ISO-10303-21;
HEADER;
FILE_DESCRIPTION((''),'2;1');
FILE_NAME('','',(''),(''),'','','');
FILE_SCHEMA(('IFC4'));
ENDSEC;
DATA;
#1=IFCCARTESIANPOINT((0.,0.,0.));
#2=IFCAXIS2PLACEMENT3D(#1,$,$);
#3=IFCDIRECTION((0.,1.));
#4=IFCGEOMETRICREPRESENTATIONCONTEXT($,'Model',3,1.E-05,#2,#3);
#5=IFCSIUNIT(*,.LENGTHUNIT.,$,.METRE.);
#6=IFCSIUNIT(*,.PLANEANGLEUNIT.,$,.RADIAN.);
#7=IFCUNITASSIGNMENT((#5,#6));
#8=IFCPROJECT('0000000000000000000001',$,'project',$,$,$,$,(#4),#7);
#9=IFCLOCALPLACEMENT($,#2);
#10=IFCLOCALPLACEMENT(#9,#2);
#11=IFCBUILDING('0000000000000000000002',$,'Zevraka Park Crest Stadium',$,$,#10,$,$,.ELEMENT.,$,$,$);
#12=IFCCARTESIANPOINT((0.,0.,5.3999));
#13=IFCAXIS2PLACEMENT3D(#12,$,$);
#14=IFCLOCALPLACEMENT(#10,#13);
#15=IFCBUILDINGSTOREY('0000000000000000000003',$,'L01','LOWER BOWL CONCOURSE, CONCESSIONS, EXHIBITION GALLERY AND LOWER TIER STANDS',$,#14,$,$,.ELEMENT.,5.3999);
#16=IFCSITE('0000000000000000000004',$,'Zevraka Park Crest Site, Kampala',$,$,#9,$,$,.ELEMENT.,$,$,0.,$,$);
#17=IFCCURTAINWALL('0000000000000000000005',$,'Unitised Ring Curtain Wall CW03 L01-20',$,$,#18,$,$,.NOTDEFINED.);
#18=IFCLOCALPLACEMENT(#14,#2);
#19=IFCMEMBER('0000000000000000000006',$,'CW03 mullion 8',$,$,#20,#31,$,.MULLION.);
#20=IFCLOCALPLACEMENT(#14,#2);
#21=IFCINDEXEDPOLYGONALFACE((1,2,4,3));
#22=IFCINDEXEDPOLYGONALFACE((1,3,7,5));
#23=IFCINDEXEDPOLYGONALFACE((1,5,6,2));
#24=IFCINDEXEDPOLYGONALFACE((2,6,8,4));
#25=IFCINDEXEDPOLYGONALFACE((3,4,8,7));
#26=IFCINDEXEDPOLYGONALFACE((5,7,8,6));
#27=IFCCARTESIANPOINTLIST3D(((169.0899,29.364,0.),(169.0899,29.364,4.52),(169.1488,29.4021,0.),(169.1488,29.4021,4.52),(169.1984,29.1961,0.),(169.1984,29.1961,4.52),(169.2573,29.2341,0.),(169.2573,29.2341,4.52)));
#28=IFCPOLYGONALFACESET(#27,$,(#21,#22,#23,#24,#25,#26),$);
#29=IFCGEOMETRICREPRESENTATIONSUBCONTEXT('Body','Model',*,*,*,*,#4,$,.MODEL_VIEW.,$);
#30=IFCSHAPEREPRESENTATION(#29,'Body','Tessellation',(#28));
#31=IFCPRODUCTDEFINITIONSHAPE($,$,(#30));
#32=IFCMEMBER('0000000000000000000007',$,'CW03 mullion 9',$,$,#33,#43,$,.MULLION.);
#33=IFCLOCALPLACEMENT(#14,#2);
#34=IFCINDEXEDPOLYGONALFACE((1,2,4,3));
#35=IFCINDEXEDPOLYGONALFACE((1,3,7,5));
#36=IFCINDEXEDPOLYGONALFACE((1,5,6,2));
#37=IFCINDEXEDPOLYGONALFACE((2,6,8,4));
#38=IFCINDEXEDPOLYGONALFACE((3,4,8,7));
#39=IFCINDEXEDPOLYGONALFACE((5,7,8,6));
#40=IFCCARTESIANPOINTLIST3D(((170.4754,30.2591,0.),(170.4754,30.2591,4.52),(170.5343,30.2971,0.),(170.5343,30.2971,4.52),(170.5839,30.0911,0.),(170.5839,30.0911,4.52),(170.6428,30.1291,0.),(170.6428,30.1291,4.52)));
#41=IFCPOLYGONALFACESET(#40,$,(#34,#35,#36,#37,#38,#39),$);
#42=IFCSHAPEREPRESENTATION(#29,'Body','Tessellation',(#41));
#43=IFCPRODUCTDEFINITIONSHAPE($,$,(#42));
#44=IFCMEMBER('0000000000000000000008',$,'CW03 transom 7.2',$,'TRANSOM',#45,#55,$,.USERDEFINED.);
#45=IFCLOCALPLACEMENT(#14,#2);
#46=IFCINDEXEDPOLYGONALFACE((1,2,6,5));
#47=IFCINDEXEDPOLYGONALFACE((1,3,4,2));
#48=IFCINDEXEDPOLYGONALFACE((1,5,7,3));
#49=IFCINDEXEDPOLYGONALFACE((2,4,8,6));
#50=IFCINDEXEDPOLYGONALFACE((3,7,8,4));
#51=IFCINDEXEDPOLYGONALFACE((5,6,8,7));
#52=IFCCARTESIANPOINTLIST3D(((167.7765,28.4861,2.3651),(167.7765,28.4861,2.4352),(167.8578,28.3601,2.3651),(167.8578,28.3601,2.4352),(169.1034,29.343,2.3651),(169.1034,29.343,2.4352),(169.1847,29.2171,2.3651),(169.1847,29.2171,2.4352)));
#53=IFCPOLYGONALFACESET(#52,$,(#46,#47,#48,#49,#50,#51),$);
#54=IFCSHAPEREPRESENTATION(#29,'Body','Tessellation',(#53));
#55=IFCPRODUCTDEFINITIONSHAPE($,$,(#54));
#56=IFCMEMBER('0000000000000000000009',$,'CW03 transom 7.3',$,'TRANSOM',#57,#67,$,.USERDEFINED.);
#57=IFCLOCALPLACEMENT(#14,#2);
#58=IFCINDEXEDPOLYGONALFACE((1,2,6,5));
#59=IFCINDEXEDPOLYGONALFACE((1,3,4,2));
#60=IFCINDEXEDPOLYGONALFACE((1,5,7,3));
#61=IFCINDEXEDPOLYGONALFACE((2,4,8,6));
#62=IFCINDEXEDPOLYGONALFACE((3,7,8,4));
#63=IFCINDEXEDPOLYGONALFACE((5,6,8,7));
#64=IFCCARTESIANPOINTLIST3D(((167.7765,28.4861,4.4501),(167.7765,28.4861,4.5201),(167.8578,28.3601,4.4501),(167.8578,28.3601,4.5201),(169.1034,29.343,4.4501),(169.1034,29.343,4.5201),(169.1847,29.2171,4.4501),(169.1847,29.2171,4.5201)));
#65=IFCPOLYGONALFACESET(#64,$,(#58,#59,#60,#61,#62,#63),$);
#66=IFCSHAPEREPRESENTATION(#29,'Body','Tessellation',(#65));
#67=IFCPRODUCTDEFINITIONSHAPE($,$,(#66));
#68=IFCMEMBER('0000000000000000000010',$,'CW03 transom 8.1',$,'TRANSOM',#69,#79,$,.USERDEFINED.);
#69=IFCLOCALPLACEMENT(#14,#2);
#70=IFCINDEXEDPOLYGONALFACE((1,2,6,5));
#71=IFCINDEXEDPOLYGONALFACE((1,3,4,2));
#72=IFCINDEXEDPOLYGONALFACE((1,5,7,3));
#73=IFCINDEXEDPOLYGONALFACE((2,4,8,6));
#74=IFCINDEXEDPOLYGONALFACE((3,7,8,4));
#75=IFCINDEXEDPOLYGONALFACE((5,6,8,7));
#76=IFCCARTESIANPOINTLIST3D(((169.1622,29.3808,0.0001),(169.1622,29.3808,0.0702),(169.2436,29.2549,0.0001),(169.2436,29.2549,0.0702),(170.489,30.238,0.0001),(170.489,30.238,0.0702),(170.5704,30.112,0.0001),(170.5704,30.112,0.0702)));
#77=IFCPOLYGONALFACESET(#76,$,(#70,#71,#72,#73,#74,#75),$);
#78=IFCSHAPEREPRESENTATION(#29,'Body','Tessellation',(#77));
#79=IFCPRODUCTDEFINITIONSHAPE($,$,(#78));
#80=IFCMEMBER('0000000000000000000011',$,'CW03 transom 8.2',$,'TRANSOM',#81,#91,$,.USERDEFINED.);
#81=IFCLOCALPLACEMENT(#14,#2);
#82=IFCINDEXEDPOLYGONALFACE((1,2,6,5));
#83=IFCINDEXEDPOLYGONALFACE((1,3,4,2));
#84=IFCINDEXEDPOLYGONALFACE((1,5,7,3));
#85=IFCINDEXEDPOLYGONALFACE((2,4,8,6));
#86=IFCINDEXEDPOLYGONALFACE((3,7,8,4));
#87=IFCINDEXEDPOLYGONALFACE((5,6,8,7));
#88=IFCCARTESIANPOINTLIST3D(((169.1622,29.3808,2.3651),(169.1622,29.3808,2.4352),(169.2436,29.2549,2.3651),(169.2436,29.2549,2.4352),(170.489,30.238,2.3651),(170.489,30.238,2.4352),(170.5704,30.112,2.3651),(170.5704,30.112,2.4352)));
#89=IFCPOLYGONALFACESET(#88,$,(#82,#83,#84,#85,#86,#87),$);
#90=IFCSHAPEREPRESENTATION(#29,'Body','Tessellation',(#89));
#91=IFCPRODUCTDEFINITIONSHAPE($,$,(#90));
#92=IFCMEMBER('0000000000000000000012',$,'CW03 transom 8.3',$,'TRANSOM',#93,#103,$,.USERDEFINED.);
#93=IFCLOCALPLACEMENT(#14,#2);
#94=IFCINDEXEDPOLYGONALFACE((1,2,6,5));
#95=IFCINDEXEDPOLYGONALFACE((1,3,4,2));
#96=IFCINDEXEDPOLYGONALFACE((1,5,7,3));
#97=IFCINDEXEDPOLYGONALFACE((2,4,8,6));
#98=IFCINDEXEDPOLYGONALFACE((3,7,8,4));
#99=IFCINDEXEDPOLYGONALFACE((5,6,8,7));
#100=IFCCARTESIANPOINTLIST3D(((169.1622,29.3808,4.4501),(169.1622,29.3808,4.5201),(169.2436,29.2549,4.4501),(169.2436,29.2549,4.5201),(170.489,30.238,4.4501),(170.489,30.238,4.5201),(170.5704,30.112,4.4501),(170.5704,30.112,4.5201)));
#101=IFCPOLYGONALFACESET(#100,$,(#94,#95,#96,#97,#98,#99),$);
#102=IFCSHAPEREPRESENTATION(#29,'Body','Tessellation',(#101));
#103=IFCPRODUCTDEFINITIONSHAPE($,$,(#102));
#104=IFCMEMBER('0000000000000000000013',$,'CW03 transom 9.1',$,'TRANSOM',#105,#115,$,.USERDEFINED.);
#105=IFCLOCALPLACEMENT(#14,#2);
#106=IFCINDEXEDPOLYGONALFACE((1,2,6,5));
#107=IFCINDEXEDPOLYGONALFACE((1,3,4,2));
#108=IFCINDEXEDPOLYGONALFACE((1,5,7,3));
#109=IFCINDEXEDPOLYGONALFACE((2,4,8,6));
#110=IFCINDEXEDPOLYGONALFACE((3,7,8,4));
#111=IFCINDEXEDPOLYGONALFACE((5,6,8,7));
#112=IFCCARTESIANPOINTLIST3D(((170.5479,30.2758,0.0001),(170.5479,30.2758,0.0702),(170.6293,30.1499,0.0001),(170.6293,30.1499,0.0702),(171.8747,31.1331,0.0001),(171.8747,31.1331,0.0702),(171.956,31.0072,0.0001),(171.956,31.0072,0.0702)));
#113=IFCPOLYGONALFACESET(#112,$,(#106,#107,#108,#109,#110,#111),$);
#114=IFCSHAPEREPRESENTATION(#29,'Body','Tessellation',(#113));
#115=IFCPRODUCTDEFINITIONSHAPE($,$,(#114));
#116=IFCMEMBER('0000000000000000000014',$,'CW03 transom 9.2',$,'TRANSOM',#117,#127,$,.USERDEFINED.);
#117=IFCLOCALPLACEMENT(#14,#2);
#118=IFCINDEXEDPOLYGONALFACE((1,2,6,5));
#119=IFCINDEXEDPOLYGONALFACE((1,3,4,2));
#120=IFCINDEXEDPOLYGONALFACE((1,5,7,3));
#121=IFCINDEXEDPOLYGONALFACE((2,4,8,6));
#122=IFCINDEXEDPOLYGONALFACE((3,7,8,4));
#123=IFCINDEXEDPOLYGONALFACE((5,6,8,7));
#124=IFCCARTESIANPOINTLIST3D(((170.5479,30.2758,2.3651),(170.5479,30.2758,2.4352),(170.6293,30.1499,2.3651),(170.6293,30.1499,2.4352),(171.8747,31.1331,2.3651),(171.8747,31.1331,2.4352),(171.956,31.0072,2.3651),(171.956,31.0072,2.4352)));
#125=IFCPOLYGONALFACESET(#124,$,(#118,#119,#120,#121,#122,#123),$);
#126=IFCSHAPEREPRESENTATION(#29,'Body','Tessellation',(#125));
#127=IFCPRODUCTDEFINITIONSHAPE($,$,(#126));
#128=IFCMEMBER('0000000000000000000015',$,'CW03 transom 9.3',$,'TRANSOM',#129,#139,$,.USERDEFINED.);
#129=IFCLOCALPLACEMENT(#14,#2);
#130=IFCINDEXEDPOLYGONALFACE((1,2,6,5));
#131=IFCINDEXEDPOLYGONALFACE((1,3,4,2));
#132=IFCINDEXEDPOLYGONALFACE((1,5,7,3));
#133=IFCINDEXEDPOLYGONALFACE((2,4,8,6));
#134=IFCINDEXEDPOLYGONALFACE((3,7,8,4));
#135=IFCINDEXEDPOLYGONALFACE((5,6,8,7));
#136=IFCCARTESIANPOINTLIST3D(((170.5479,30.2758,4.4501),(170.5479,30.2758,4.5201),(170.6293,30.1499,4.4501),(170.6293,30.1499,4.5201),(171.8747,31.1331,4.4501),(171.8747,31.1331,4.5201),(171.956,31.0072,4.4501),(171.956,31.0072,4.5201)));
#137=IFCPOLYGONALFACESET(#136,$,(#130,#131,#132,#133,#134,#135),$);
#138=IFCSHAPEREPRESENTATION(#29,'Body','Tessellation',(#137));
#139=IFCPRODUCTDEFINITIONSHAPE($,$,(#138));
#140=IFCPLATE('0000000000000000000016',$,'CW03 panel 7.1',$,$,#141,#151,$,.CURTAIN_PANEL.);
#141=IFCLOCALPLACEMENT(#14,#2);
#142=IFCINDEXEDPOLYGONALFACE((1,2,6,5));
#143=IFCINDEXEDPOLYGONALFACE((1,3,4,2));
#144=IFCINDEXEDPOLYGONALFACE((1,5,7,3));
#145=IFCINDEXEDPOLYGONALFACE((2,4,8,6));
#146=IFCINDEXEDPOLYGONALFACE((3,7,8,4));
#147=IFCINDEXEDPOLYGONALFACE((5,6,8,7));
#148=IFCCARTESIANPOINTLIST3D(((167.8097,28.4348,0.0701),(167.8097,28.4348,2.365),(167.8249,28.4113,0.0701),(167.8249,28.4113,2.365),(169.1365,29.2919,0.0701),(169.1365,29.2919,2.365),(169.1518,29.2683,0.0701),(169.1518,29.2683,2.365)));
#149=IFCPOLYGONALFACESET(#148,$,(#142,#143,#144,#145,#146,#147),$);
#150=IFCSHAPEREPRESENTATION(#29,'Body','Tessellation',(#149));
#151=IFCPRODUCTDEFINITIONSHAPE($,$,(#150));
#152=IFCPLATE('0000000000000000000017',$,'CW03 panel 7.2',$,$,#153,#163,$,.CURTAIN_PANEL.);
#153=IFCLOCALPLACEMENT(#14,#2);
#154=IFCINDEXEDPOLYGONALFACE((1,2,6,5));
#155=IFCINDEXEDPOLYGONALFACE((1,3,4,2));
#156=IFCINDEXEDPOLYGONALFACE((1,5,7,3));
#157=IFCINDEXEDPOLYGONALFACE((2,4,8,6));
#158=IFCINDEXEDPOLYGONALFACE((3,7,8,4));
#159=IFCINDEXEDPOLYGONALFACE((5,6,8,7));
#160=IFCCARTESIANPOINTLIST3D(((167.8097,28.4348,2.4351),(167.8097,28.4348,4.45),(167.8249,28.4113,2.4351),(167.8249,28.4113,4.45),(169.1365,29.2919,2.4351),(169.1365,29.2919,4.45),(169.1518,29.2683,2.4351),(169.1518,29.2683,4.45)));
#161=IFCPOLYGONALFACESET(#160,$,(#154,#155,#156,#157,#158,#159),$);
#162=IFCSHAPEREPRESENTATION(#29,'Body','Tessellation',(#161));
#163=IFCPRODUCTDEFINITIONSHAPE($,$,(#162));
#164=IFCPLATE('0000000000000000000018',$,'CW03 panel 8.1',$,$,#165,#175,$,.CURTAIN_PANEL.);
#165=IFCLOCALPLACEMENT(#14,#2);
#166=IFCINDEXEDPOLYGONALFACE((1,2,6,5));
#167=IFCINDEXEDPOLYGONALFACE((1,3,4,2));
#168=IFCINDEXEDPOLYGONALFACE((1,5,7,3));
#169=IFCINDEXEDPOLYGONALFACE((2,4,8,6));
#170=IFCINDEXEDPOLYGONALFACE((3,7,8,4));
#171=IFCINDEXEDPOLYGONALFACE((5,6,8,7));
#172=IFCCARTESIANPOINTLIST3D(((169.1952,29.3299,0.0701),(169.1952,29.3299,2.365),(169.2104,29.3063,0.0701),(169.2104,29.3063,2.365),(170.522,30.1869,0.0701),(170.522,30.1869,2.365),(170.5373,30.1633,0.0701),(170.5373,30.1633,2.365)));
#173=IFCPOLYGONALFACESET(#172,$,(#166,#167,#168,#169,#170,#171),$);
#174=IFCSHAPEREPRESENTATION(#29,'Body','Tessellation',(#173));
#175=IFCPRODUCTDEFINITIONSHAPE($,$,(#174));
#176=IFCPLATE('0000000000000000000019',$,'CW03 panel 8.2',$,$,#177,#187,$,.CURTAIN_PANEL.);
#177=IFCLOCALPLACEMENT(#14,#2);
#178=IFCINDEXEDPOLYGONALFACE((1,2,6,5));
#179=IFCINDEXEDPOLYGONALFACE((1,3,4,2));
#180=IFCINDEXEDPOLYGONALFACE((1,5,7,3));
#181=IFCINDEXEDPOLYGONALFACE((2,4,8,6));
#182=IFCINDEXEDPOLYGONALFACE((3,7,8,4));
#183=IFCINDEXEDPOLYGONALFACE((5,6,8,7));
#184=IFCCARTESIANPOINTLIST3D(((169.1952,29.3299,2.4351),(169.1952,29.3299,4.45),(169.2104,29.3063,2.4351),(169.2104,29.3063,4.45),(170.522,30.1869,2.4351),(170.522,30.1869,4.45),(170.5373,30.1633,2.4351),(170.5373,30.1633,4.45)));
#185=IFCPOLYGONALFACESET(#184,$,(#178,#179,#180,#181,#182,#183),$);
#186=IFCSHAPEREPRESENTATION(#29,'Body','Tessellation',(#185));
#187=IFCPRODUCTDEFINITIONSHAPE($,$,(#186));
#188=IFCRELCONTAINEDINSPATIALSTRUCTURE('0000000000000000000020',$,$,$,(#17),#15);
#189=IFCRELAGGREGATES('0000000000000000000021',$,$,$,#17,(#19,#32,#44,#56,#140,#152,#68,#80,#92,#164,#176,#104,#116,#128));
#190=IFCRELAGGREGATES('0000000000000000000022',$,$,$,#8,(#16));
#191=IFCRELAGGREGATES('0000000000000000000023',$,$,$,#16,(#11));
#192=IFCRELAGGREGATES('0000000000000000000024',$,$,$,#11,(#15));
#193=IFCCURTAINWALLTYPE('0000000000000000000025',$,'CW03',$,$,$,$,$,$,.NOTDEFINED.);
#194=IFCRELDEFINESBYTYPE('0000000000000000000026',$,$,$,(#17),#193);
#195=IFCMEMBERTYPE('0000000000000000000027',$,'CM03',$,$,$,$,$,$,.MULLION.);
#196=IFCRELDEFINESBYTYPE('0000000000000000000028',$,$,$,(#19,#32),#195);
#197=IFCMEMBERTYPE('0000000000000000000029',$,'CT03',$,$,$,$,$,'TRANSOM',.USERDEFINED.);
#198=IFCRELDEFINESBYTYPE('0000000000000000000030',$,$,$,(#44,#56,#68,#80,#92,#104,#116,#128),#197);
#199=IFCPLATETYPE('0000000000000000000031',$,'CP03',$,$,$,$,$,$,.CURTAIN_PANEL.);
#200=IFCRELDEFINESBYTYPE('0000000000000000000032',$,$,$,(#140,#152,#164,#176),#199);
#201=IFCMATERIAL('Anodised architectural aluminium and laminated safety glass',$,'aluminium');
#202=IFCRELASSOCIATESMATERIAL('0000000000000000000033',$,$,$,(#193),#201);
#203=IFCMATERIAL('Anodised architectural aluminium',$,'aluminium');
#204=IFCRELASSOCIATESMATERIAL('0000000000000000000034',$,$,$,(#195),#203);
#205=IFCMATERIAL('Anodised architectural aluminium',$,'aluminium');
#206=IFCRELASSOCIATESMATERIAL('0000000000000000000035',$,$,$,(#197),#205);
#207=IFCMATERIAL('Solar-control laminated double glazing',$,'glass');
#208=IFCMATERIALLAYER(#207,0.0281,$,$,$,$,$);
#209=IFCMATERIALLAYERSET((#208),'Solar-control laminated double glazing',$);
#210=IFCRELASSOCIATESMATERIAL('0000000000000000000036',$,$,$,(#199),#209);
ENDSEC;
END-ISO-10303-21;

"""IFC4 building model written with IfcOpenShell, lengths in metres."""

from ifc_helpers import new_model, si_unit, direction, frame, origin, origin_2d, place, context, subcontext, project, spatial, rectangle, extrude, material, layer, layer_set, material_profile, profile_set, type_object, element, aggregate, save


model = new_model("IFC4")

# Units and contexts
model_context = context("Model", 3, precision=1e-05, world=origin(), true_north=direction((0.0, 1.0)))
body_context = subcontext(model_context, "Body", "Model", "MODEL_VIEW")
ifc_project = project(units=[si_unit("LENGTHUNIT", "METRE"), si_unit("PLANEANGLEUNIT", "RADIAN")], contexts=[model_context])

# Site, building, storey
site_placement = place(None, origin())
site = spatial("IfcSite", under=ifc_project, at=site_placement, Name="Zevraka Park Crest Site, Kampala", CompositionType="ELEMENT", RefElevation=0.0)
building_placement = place(site_placement, origin())
building = spatial("IfcBuilding", under=site, at=building_placement, Name="Zevraka Park Crest Stadium", CompositionType="ELEMENT")
storey_placement = place(building_placement, frame((0.0, 0.0, 5.3999)))
storey = spatial("IfcBuildingStorey", under=building, at=storey_placement, Name="L01", Description="LOWER BOWL CONCOURSE, CONCESSIONS, EXHIBITION GALLERY AND LOWER TIER STANDS", CompositionType="ELEMENT", Elevation=5.3999)

# Curtain wall, members, plates
ifc_material_1 = material(Name="Anodised architectural aluminium and laminated safety glass", Category="aluminium")
curtain_wall_type = type_object("IfcCurtainWallType", Name="CW03", PredefinedType="NOTDEFINED", material=ifc_material_1)
curtain_wall_placement = place(storey_placement, origin())
curtain_wall = element("IfcCurtainWall", 1, at=curtain_wall_placement, inside=storey, type_object=curtain_wall_type, Name="Unitised Ring Curtain Wall CW03 L01-20", PredefinedType="NOTDEFINED")
ifc_material_2 = material(Name="Anodised architectural aluminium", Category="aluminium")
ifc_material_profile_1 = material_profile(ifc_material_2, rectangle(XDim=0.2, YDim=0.0701, at=origin_2d()), Name="ALU MULLION 200x70")
ifc_profile_set_1 = profile_set([ifc_material_profile_1], Name="Anodised architectural aluminium")
member_type_1 = type_object("IfcMemberType", Name="CM03", PredefinedType="MULLION", material=ifc_profile_set_1)
member_1_placement = place(storey_placement, frame((169.1736, 29.2991, 0.0), z_axis=(0.0, 0.0, 1.0), x_axis=(-0.542571, 0.84001, 0.0)))
member_1 = element("IfcMember", 2, at=member_1_placement, type_object=member_type_1, Name="CW03 mullion 8", PredefinedType="MULLION", context=body_context, shape_type="SweptSolid", body=[
    extrude(rectangle(XDim=0.2, YDim=0.0701, at=origin_2d()), origin(), (0.0, 0.0, 1.0), 4.52),
])
member_2_placement = place(storey_placement, frame((170.5591, 30.1941, 0.0), z_axis=(0.0, 0.0, 1.0), x_axis=(-0.542571, 0.84001, 0.0)))
member_2 = element("IfcMember", 3, at=member_2_placement, type_object=member_type_1, Name="CW03 mullion 9", PredefinedType="MULLION", context=body_context, shape_type="SweptSolid", body=[
    extrude(rectangle(XDim=0.2, YDim=0.0701, at=origin_2d()), origin(), (0.0, 0.0, 1.0), 4.52),
])
ifc_material_3 = material(Name="Anodised architectural aluminium", Category="aluminium")
ifc_material_profile_2 = material_profile(ifc_material_3, rectangle(XDim=0.1499, YDim=0.0701, at=origin_2d()), Name="ALU TRANSOM 150x70")
ifc_profile_set_2 = profile_set([ifc_material_profile_2], Name="Anodised architectural aluminium")
member_type_2 = type_object("IfcMemberType", Name="CT03", ElementType="TRANSOM", PredefinedType="USERDEFINED", material=ifc_profile_set_2)
member_3_placement = place(storey_placement, frame((167.8171, 28.4231, 2.4001), z_axis=(0.840047, 0.542514, 0.0), x_axis=(-0.542514, 0.840047, 0.0)))
member_3 = element("IfcMember", 4, at=member_3_placement, type_object=member_type_2, Name="CW03 transom 7.2", ObjectType="TRANSOM", PredefinedType="USERDEFINED", context=body_context, shape_type="SweptSolid", body=[
    extrude(rectangle(XDim=0.1499, YDim=0.0701, at=origin_2d()), origin(), (0.0, 0.0, 1.0), 1.5796),
])
member_4_placement = place(storey_placement, frame((167.8171, 28.4231, 4.4851), z_axis=(0.840047, 0.542514, 0.0), x_axis=(-0.542514, 0.840047, 0.0)))
member_4 = element("IfcMember", 5, at=member_4_placement, type_object=member_type_2, Name="CW03 transom 7.3", ObjectType="TRANSOM", PredefinedType="USERDEFINED", context=body_context, shape_type="SweptSolid", body=[
    extrude(rectangle(XDim=0.1499, YDim=0.0701, at=origin_2d()), origin(), (0.0, 0.0, 1.0), 1.5796),
])
member_5_placement = place(storey_placement, frame((169.2029, 29.3179, 0.0352), z_axis=(0.839976, 0.542623, 0.0), x_axis=(-0.542623, 0.839976, 0.0)))
member_5 = element("IfcMember", 6, at=member_5_placement, type_object=member_type_2, Name="CW03 transom 8.1", ObjectType="TRANSOM", PredefinedType="USERDEFINED", context=body_context, shape_type="SweptSolid", body=[
    extrude(rectangle(XDim=0.1499, YDim=0.0701, at=origin_2d()), origin(), (0.0, 0.0, 1.0), 1.5796),
])
member_6_placement = place(storey_placement, frame((169.2029, 29.3179, 2.4001), z_axis=(0.839976, 0.542623, 0.0), x_axis=(-0.542623, 0.839976, 0.0)))
member_6 = element("IfcMember", 7, at=member_6_placement, type_object=member_type_2, Name="CW03 transom 8.2", ObjectType="TRANSOM", PredefinedType="USERDEFINED", context=body_context, shape_type="SweptSolid", body=[
    extrude(rectangle(XDim=0.1499, YDim=0.0701, at=origin_2d()), origin(), (0.0, 0.0, 1.0), 1.5796),
])
member_7_placement = place(storey_placement, frame((169.2029, 29.3179, 4.4851), z_axis=(0.839976, 0.542623, 0.0), x_axis=(-0.542623, 0.839976, 0.0)))
member_7 = element("IfcMember", 8, at=member_7_placement, type_object=member_type_2, Name="CW03 transom 8.3", ObjectType="TRANSOM", PredefinedType="USERDEFINED", context=body_context, shape_type="SweptSolid", body=[
    extrude(rectangle(XDim=0.1499, YDim=0.0701, at=origin_2d()), origin(), (0.0, 0.0, 1.0), 1.5796),
])
member_8_placement = place(storey_placement, frame((170.5886, 30.2129, 0.0352), z_axis=(0.839931, 0.542694, 0.0), x_axis=(-0.542694, 0.839931, 0.0)))
member_8 = element("IfcMember", 9, at=member_8_placement, type_object=member_type_2, Name="CW03 transom 9.1", ObjectType="TRANSOM", PredefinedType="USERDEFINED", context=body_context, shape_type="SweptSolid", body=[
    extrude(rectangle(XDim=0.1499, YDim=0.0701, at=origin_2d()), origin(), (0.0, 0.0, 1.0), 1.5796),
])
member_9_placement = place(storey_placement, frame((170.5886, 30.2129, 2.4001), z_axis=(0.839931, 0.542694, 0.0), x_axis=(-0.542694, 0.839931, 0.0)))
member_9 = element("IfcMember", 10, at=member_9_placement, type_object=member_type_2, Name="CW03 transom 9.2", ObjectType="TRANSOM", PredefinedType="USERDEFINED", context=body_context, shape_type="SweptSolid", body=[
    extrude(rectangle(XDim=0.1499, YDim=0.0701, at=origin_2d()), origin(), (0.0, 0.0, 1.0), 1.5796),
])
member_10_placement = place(storey_placement, frame((170.5886, 30.2129, 4.4851), z_axis=(0.839931, 0.542694, 0.0), x_axis=(-0.542694, 0.839931, 0.0)))
member_10 = element("IfcMember", 11, at=member_10_placement, type_object=member_type_2, Name="CW03 transom 9.3", ObjectType="TRANSOM", PredefinedType="USERDEFINED", context=body_context, shape_type="SweptSolid", body=[
    extrude(rectangle(XDim=0.1499, YDim=0.0701, at=origin_2d()), origin(), (0.0, 0.0, 1.0), 1.5796),
])
ifc_material_4 = material(Name="Solar-control laminated double glazing", Category="glass")
ifc_layer_1 = layer(ifc_material_4, 0.0281)
ifc_layer_set_1 = layer_set([ifc_layer_1], Name="Solar-control laminated double glazing")
plate_type = type_object("IfcPlateType", Name="CP03", PredefinedType="CURTAIN_PANEL", material=ifc_layer_set_1)
plate_1_placement = place(storey_placement, frame((168.4807, 28.8516, 0.0701), z_axis=(0.0, 0.0, 1.0), x_axis=(0.84001, 0.542571, 0.0)))
plate_1 = element("IfcPlate", 12, at=plate_1_placement, type_object=plate_type, Name="CW03 panel 7.1", PredefinedType="CURTAIN_PANEL", context=body_context, shape_type="SweptSolid", body=[
    extrude(rectangle(XDim=1.5796, YDim=0.0281, at=origin_2d()), origin(), (0.0, 0.0, 1.0), 2.2949),
])
plate_2_placement = place(storey_placement, frame((168.4807, 28.8516, 2.4351), z_axis=(0.0, 0.0, 1.0), x_axis=(0.84001, 0.542571, 0.0)))
plate_2 = element("IfcPlate", 13, at=plate_2_placement, type_object=plate_type, Name="CW03 panel 7.2", PredefinedType="CURTAIN_PANEL", context=body_context, shape_type="SweptSolid", body=[
    extrude(rectangle(XDim=1.5796, YDim=0.0281, at=origin_2d()), origin(), (0.0, 0.0, 1.0), 2.0149),
])
plate_3_placement = place(storey_placement, frame((169.8662, 29.7466, 0.0701), z_axis=(0.0, 0.0, 1.0), x_axis=(0.84001, 0.542571, 0.0)))
plate_3 = element("IfcPlate", 14, at=plate_3_placement, type_object=plate_type, Name="CW03 panel 8.1", PredefinedType="CURTAIN_PANEL", context=body_context, shape_type="SweptSolid", body=[
    extrude(rectangle(XDim=1.5796, YDim=0.0281, at=origin_2d()), origin(), (0.0, 0.0, 1.0), 2.2949),
])
plate_4_placement = place(storey_placement, frame((169.8662, 29.7466, 2.4351), z_axis=(0.0, 0.0, 1.0), x_axis=(0.84001, 0.542571, 0.0)))
plate_4 = element("IfcPlate", 15, at=plate_4_placement, type_object=plate_type, Name="CW03 panel 8.2", PredefinedType="CURTAIN_PANEL", context=body_context, shape_type="SweptSolid", body=[
    extrude(rectangle(XDim=1.5796, YDim=0.0281, at=origin_2d()), origin(), (0.0, 0.0, 1.0), 2.0149),
])
aggregate(curtain_wall, [member_1, member_2, member_3, member_4, plate_1, plate_2, member_5, member_6, member_7, plate_3, plate_4, member_8, member_9, member_10])

save(model, "model.ifc")
